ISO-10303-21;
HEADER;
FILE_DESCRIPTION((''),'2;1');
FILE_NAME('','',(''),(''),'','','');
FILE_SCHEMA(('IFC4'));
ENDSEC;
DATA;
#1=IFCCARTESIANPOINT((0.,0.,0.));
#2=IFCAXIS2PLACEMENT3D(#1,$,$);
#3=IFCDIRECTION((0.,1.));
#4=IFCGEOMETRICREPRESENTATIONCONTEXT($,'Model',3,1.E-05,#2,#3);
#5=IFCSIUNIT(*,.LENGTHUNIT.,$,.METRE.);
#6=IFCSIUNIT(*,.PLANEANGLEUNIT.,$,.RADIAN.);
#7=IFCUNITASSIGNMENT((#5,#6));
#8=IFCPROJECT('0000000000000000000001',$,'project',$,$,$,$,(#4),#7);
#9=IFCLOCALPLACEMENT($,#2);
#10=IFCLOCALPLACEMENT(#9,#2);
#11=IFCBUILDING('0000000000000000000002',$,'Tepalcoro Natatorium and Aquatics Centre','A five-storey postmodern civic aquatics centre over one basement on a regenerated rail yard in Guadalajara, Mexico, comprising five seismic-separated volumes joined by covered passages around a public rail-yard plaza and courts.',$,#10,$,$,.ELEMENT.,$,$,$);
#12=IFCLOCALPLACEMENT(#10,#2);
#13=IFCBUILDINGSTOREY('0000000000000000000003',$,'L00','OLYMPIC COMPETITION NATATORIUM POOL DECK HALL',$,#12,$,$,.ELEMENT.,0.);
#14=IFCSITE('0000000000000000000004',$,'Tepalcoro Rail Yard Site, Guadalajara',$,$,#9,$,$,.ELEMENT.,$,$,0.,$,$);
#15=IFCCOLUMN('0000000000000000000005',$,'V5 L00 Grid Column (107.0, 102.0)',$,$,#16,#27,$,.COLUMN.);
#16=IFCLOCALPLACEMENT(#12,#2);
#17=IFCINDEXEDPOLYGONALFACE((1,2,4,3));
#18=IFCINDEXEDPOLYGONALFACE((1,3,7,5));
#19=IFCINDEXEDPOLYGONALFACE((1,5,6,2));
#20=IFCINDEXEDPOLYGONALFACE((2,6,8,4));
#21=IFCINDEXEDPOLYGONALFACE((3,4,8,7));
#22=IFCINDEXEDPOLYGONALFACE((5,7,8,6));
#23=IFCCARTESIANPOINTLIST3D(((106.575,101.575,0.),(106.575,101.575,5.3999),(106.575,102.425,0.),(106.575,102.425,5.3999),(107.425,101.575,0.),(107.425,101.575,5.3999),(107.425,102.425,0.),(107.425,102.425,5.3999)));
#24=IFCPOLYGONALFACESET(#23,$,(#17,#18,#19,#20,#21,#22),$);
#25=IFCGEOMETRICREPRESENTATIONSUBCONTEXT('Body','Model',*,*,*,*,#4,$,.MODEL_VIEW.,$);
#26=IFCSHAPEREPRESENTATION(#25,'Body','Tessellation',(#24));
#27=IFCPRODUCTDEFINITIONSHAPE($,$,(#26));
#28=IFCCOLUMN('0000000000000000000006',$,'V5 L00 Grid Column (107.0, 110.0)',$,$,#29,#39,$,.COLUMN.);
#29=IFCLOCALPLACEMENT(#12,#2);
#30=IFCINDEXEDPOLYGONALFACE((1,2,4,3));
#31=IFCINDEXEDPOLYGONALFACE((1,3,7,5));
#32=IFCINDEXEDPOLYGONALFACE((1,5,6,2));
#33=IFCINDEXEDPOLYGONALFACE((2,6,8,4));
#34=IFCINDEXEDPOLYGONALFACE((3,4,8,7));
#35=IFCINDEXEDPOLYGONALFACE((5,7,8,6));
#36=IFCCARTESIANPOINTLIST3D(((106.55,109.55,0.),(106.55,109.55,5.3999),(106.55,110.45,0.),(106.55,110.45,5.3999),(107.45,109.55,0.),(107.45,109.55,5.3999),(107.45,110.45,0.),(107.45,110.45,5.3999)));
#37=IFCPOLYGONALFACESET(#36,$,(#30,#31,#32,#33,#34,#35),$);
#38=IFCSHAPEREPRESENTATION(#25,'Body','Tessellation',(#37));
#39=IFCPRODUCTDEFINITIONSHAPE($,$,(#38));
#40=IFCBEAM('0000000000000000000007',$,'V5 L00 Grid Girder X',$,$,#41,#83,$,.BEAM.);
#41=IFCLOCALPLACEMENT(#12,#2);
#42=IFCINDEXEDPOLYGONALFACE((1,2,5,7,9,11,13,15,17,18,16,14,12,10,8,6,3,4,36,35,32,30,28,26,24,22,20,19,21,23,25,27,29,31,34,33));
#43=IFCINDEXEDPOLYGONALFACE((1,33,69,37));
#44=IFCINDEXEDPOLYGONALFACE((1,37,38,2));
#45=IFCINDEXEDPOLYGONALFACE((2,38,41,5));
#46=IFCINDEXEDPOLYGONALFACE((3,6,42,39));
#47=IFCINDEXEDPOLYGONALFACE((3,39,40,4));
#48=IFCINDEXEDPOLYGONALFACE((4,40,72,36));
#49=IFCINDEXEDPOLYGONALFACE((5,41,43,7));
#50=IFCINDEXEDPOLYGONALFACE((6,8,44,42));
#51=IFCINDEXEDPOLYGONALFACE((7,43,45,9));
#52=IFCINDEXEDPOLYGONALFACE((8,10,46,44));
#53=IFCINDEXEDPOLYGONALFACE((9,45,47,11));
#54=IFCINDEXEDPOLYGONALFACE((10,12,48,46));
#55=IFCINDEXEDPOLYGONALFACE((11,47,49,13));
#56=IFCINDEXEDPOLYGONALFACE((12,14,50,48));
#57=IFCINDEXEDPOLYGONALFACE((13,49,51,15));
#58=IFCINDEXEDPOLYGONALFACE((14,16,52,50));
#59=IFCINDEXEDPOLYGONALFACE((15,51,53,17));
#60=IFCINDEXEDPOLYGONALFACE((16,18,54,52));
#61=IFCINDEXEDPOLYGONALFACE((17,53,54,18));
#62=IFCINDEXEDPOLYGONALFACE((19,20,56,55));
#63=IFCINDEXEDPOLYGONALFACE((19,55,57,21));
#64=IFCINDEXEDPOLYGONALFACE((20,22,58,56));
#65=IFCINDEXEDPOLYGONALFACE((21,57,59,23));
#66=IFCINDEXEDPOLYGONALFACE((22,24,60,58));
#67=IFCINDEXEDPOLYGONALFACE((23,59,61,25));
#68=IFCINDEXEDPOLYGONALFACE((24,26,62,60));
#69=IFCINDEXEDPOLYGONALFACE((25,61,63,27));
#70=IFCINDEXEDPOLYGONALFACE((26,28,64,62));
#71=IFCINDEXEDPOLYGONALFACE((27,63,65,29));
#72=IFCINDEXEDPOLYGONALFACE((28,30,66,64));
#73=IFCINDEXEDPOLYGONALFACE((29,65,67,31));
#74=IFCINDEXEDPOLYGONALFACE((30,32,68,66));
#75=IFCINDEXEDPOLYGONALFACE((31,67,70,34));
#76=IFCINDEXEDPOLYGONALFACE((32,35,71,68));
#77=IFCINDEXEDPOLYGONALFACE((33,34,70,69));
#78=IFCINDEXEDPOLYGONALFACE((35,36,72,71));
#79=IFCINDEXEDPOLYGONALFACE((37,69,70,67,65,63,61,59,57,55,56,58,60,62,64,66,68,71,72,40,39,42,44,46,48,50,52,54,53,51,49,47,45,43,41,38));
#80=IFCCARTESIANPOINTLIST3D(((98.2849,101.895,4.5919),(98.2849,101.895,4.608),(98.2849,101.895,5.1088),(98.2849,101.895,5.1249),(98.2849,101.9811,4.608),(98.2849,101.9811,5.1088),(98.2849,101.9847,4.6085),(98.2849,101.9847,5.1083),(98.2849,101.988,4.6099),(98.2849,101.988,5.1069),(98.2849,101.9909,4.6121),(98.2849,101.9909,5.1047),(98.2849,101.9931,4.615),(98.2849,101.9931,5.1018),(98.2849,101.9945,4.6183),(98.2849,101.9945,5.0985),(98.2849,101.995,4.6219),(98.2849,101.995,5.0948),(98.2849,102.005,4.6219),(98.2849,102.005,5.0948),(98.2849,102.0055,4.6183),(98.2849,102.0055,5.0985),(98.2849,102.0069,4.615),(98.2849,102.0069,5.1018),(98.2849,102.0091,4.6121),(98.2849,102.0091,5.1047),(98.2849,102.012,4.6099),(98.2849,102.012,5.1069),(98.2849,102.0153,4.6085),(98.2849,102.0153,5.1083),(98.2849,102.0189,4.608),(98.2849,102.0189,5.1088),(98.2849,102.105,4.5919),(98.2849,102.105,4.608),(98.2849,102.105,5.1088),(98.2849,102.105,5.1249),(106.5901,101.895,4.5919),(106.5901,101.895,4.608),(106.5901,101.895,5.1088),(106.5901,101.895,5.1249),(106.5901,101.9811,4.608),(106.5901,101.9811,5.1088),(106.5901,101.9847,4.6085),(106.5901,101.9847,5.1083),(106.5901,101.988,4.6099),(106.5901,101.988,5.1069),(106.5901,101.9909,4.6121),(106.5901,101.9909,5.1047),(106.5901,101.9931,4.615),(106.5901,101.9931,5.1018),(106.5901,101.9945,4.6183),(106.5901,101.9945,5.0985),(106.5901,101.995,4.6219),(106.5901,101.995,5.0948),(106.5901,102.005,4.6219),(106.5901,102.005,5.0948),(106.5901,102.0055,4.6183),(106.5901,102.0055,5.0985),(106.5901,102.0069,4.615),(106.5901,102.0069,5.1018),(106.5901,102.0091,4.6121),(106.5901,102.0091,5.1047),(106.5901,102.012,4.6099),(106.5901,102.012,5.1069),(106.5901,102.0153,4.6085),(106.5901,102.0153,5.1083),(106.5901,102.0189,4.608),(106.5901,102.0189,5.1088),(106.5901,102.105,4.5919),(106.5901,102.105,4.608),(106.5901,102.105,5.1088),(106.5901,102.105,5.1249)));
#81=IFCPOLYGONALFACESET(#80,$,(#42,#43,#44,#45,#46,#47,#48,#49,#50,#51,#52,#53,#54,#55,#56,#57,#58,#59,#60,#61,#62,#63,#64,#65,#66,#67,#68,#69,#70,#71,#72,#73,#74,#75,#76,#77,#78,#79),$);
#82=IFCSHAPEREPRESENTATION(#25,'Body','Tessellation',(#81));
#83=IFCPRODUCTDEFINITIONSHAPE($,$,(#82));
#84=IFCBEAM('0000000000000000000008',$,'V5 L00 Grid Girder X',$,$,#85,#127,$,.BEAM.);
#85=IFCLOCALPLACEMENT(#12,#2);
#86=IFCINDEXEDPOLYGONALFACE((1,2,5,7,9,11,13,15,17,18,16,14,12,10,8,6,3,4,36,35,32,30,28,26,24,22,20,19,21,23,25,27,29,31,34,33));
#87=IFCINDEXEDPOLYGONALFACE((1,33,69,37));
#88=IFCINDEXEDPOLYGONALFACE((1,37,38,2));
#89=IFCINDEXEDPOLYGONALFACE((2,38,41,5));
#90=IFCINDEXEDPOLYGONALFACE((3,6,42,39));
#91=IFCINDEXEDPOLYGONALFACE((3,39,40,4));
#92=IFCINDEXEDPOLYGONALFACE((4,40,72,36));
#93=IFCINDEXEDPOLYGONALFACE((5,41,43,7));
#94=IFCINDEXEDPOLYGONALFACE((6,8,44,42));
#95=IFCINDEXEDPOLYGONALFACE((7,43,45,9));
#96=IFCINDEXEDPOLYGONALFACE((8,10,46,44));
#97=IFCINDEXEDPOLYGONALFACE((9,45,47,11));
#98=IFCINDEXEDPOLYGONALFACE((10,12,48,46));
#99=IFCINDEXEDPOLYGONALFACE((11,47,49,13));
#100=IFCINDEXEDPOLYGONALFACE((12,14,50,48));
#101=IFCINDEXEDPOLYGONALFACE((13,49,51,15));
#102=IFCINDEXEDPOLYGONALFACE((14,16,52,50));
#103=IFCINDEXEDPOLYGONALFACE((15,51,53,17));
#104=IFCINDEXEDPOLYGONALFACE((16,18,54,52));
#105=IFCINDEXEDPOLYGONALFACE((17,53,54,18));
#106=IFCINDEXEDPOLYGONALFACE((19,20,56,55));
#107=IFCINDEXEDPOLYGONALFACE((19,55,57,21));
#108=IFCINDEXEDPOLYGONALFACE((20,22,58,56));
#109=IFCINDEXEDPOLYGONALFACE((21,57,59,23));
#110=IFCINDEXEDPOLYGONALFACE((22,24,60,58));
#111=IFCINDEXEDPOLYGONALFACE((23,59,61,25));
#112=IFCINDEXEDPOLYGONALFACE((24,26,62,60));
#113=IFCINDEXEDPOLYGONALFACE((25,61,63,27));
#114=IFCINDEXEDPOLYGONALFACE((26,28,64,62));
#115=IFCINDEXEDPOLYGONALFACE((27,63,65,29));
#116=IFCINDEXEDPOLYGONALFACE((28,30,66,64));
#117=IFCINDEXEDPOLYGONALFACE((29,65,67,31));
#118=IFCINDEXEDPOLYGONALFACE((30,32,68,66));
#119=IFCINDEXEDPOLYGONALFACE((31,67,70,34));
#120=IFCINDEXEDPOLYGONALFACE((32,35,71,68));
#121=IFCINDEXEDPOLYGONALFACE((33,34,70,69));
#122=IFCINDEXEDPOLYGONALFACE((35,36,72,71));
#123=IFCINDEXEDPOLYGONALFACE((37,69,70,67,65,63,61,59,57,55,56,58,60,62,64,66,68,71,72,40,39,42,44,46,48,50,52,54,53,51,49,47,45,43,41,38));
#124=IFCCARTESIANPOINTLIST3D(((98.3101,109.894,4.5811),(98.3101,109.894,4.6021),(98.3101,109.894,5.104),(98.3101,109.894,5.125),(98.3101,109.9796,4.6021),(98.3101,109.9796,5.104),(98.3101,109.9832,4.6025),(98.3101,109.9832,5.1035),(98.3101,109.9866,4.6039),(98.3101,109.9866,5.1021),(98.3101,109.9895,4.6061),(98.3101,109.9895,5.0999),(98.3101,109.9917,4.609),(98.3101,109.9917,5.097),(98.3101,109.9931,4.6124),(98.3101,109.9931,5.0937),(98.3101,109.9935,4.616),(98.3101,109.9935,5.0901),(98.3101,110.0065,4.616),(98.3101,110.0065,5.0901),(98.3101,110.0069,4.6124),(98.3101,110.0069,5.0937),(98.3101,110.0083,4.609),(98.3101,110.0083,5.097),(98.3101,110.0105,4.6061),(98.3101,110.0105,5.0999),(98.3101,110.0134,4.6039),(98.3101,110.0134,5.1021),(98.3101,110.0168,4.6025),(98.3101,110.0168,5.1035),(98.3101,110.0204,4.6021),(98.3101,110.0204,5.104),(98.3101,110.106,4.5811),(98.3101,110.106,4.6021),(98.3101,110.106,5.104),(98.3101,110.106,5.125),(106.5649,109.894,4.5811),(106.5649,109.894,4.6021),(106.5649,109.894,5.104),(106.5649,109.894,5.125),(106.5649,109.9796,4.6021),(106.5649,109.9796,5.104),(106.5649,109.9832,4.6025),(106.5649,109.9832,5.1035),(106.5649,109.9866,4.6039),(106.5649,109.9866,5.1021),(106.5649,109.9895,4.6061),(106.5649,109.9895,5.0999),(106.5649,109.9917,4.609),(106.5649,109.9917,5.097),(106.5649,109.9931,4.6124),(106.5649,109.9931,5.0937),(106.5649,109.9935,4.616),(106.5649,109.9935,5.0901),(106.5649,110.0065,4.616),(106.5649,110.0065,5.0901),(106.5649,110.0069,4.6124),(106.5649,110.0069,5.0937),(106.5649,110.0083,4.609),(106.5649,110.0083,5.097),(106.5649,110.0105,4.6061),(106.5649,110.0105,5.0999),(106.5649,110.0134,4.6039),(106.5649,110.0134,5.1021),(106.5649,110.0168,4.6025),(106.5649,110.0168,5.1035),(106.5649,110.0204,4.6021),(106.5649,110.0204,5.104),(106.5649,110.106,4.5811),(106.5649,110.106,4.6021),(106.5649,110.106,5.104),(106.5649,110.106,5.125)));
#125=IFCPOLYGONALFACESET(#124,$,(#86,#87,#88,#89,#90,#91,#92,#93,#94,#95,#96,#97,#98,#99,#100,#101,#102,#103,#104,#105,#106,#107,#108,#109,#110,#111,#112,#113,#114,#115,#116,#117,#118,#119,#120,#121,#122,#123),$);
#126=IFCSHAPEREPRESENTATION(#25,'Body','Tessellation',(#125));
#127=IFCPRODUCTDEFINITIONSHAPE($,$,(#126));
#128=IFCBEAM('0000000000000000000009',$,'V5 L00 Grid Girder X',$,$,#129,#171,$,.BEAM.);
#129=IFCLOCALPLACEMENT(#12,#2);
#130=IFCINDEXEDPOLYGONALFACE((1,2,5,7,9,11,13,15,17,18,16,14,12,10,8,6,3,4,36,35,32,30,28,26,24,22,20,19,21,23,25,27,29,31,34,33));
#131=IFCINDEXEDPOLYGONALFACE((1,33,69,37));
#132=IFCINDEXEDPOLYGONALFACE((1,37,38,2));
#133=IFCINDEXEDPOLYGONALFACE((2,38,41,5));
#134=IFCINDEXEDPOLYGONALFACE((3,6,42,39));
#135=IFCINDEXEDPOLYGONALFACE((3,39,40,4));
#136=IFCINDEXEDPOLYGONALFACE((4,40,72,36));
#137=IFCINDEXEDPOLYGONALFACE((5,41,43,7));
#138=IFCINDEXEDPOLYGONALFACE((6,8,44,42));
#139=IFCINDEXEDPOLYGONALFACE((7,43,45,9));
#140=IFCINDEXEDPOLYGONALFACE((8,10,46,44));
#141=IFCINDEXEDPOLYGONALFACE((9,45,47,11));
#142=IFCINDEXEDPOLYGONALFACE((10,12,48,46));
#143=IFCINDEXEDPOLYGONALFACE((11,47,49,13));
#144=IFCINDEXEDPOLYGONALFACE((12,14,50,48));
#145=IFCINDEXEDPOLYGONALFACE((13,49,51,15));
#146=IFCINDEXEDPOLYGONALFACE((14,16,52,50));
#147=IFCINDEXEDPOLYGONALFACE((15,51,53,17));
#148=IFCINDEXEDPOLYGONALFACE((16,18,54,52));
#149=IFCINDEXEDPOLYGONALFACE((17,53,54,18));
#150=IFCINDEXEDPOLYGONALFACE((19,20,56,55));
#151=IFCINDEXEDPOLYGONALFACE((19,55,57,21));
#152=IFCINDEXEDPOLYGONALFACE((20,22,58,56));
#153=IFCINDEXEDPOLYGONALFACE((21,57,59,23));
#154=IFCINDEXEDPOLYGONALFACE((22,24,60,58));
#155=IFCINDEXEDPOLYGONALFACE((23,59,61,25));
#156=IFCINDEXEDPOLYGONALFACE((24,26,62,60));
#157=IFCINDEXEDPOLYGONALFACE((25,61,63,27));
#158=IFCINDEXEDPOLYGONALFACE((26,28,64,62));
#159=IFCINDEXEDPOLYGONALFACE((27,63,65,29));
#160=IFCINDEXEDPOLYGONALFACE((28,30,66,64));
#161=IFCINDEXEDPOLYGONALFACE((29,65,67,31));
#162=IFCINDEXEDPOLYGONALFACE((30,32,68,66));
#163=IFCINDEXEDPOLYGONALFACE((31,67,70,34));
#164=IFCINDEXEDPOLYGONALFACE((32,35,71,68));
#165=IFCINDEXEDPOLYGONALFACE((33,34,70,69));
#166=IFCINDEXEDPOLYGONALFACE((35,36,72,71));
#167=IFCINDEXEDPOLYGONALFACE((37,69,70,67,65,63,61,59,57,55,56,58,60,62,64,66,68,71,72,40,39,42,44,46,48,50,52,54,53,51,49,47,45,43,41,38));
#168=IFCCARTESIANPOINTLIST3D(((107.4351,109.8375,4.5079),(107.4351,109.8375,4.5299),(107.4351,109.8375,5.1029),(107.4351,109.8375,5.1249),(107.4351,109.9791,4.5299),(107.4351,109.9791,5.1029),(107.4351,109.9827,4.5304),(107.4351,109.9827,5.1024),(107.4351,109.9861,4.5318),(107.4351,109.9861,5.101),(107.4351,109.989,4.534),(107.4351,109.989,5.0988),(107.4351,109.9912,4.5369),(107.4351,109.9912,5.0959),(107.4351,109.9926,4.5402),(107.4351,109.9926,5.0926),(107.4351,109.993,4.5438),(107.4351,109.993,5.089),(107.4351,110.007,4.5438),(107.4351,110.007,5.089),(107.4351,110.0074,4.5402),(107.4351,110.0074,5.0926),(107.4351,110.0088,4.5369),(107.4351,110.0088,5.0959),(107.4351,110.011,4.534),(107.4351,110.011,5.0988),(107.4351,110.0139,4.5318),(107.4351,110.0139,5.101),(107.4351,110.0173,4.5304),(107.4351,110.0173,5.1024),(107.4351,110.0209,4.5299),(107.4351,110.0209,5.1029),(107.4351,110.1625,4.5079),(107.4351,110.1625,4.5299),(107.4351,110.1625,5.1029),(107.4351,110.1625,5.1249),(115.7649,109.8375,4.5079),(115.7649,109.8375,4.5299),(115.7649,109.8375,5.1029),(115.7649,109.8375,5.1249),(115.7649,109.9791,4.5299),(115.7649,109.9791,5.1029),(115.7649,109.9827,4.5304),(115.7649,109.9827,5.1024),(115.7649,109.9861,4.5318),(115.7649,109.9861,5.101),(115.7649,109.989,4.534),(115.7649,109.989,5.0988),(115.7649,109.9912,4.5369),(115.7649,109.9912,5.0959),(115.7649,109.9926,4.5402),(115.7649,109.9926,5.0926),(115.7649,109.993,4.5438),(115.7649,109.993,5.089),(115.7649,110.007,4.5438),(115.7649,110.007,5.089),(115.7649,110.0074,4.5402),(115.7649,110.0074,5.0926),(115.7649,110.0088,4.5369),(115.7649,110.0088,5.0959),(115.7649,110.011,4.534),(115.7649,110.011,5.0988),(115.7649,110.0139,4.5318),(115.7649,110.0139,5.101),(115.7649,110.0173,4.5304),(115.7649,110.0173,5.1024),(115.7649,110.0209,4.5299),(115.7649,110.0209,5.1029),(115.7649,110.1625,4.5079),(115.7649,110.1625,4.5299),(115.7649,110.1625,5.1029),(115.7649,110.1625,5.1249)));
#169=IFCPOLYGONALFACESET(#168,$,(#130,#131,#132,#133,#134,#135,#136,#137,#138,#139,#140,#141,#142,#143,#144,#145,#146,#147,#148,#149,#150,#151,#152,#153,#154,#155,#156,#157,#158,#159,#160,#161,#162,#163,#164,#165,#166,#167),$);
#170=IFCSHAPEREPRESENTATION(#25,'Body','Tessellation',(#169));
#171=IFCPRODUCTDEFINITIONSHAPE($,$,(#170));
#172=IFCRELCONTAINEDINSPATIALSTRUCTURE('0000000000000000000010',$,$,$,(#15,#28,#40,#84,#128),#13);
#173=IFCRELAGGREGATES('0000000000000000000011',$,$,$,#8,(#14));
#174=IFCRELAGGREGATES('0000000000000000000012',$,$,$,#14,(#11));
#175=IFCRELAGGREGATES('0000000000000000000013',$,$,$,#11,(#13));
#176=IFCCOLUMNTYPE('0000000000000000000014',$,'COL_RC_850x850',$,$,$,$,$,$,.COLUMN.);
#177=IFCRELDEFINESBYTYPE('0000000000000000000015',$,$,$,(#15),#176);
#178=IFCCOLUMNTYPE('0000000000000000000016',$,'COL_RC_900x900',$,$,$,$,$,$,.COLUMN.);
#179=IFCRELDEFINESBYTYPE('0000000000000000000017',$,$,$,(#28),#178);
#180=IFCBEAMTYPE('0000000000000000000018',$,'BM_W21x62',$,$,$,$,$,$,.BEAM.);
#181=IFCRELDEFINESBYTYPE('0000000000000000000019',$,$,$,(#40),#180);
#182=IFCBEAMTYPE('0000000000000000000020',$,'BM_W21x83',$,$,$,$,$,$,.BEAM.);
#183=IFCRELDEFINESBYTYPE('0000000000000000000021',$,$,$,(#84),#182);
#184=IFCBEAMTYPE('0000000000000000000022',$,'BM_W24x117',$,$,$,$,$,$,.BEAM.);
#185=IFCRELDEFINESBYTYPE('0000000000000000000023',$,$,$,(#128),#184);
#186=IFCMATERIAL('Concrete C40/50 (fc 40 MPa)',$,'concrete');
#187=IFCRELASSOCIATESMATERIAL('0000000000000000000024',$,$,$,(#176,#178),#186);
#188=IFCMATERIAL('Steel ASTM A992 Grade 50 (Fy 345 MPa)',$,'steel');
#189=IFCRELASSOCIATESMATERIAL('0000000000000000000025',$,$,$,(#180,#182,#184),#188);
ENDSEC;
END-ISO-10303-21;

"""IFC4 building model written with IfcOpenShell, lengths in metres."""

from ifc_helpers import new_model, si_unit, direction, frame, origin, origin_2d, place, context, subcontext, project, spatial, rectangle, i_section, extrude, material, material_profile, profile_set, type_object, element, save


model = new_model("IFC4")

# Units and contexts
model_context = context("Model", 3, precision=1e-05, world=origin(), true_north=direction((0.0, 1.0)))
body_context = subcontext(model_context, "Body", "Model", "MODEL_VIEW")
ifc_project = project(units=[si_unit("LENGTHUNIT", "METRE"), si_unit("PLANEANGLEUNIT", "RADIAN")], contexts=[model_context])

# Site, building, storey
site_placement = place(None, origin())
site = spatial("IfcSite", under=ifc_project, at=site_placement, Name="Tepalcoro Rail Yard Site, Guadalajara", CompositionType="ELEMENT", RefElevation=0.0)
building_placement = place(site_placement, origin())
building = spatial("IfcBuilding", under=site, at=building_placement, Name="Tepalcoro Natatorium and Aquatics Centre", Description="A five-storey postmodern civic aquatics centre over one basement on a regenerated rail yard in Guadalajara, Mexico, comprising five seismic-separated volumes joined by covered passages around a public rail-yard plaza and courts.", CompositionType="ELEMENT")
storey_placement = place(building_placement, origin())
storey = spatial("IfcBuildingStorey", under=building, at=storey_placement, Name="L00", Description="OLYMPIC COMPETITION NATATORIUM POOL DECK HALL", CompositionType="ELEMENT", Elevation=0.0)

# Shared definitions
ifc_material_1 = material(Name="Concrete C40/50 (fc 40 MPa)", Category="concrete")

# Columns
ifc_material_profile_1 = material_profile(ifc_material_1, rectangle(XDim=0.8501, YDim=0.8501, at=origin_2d()), Name="RC850x850")
ifc_profile_set_1 = profile_set([ifc_material_profile_1], Name="Concrete C40/50 (fc 40 MPa)")
column_type_1 = type_object("IfcColumnType", Name="COL_RC_850x850", PredefinedType="COLUMN", material=ifc_profile_set_1)
column_1_placement = place(storey_placement, frame((107.0, 102.0, 0.0), z_axis=(0.0, 0.0, 1.0), x_axis=(1.0, 0.0, 0.0)))
element("IfcColumn", 1, at=column_1_placement, inside=storey, type_object=column_type_1, Name="V5 L00 Grid Column (107.0, 102.0)", PredefinedType="COLUMN", context=body_context, shape_type="SweptSolid", body=[
    extrude(rectangle(XDim=0.8501, YDim=0.8501, at=origin_2d()), origin(), (0.0, 0.0, 1.0), 5.3999),
])
ifc_material_profile_2 = material_profile(ifc_material_1, rectangle(XDim=0.8999, YDim=0.8999, at=origin_2d()), Name="RC900x900")
ifc_profile_set_2 = profile_set([ifc_material_profile_2], Name="Concrete C40/50 (fc 40 MPa)")
column_type_2 = type_object("IfcColumnType", Name="COL_RC_900x900", PredefinedType="COLUMN", material=ifc_profile_set_2)
column_2_placement = place(storey_placement, frame((107.0, 110.0, 0.0), z_axis=(0.0, 0.0, 1.0), x_axis=(1.0, 0.0, 0.0)))
element("IfcColumn", 2, at=column_2_placement, inside=storey, type_object=column_type_2, Name="V5 L00 Grid Column (107.0, 110.0)", PredefinedType="COLUMN", context=body_context, shape_type="SweptSolid", body=[
    extrude(rectangle(XDim=0.8999, YDim=0.8999, at=origin_2d()), origin(), (0.0, 0.0, 1.0), 5.3999),
])

# Beams
ifc_material_2 = material(Name="Steel ASTM A992 Grade 50 (Fy 345 MPa)", Category="steel")
ifc_material_profile_3 = material_profile(ifc_material_2, i_section(OverallWidth=0.21, OverallDepth=0.533, WebThickness=0.01, FlangeThickness=0.0161, FilletRadius=0.0139, at=origin_2d()), Name="W21X62")
ifc_profile_set_3 = profile_set([ifc_material_profile_3], Name="Steel ASTM A992 Grade 50 (Fy 345 MPa)")
beam_type_1 = type_object("IfcBeamType", Name="BM_W21x62", PredefinedType="BEAM", material=ifc_profile_set_3)
beam_1_placement = place(storey_placement, frame((98.2849, 102.0, 4.8584), z_axis=(1.0, 0.0, 0.0), x_axis=(0.0, 1.0, 0.0)))
element("IfcBeam", 3, at=beam_1_placement, inside=storey, type_object=beam_type_1, Name="V5 L00 Grid Girder X", PredefinedType="BEAM", context=body_context, shape_type="SweptSolid", body=[
    extrude(i_section(OverallWidth=0.21, OverallDepth=0.533, WebThickness=0.01, FlangeThickness=0.0161, FilletRadius=0.0139, at=origin_2d()), origin(), (0.0, 0.0, 1.0), 8.3052),
])
ifc_material_profile_4 = material_profile(ifc_material_2, i_section(OverallWidth=0.2119, OverallDepth=0.5439, WebThickness=0.0129, FlangeThickness=0.021, FilletRadius=0.0139, at=origin_2d()), Name="W21X83")
ifc_profile_set_4 = profile_set([ifc_material_profile_4], Name="Steel ASTM A992 Grade 50 (Fy 345 MPa)")
beam_type_2 = type_object("IfcBeamType", Name="BM_W21x83", PredefinedType="BEAM", material=ifc_profile_set_4)
beam_2_placement = place(storey_placement, frame((98.3101, 110.0, 4.853), z_axis=(1.0, 0.0, 0.0), x_axis=(0.0, 1.0, 0.0)))
element("IfcBeam", 4, at=beam_2_placement, inside=storey, type_object=beam_type_2, Name="V5 L00 Grid Girder X", PredefinedType="BEAM", context=body_context, shape_type="SweptSolid", body=[
    extrude(i_section(OverallWidth=0.2119, OverallDepth=0.5439, WebThickness=0.0129, FlangeThickness=0.021, FilletRadius=0.0139, at=origin_2d()), origin(), (0.0, 0.0, 1.0), 8.2549),
])
ifc_material_profile_5 = material_profile(ifc_material_2, i_section(OverallWidth=0.325, OverallDepth=0.6169, WebThickness=0.0139, FlangeThickness=0.022, FilletRadius=0.0139, at=origin_2d()), Name="W24X117")
ifc_profile_set_5 = profile_set([ifc_material_profile_5], Name="Steel ASTM A992 Grade 50 (Fy 345 MPa)")
beam_type_3 = type_object("IfcBeamType", Name="BM_W24x117", PredefinedType="BEAM", material=ifc_profile_set_5)
beam_3_placement = place(storey_placement, frame((107.4351, 110.0, 4.8164), z_axis=(1.0, 0.0, 0.0), x_axis=(0.0, 1.0, 0.0)))
element("IfcBeam", 5, at=beam_3_placement, inside=storey, type_object=beam_type_3, Name="V5 L00 Grid Girder X", PredefinedType="BEAM", context=body_context, shape_type="SweptSolid", body=[
    extrude(i_section(OverallWidth=0.325, OverallDepth=0.6169, WebThickness=0.0139, FlangeThickness=0.022, FilletRadius=0.0139, at=origin_2d()), origin(), (0.0, 0.0, 1.0), 8.3298),
])

save(model, "model.ifc")
